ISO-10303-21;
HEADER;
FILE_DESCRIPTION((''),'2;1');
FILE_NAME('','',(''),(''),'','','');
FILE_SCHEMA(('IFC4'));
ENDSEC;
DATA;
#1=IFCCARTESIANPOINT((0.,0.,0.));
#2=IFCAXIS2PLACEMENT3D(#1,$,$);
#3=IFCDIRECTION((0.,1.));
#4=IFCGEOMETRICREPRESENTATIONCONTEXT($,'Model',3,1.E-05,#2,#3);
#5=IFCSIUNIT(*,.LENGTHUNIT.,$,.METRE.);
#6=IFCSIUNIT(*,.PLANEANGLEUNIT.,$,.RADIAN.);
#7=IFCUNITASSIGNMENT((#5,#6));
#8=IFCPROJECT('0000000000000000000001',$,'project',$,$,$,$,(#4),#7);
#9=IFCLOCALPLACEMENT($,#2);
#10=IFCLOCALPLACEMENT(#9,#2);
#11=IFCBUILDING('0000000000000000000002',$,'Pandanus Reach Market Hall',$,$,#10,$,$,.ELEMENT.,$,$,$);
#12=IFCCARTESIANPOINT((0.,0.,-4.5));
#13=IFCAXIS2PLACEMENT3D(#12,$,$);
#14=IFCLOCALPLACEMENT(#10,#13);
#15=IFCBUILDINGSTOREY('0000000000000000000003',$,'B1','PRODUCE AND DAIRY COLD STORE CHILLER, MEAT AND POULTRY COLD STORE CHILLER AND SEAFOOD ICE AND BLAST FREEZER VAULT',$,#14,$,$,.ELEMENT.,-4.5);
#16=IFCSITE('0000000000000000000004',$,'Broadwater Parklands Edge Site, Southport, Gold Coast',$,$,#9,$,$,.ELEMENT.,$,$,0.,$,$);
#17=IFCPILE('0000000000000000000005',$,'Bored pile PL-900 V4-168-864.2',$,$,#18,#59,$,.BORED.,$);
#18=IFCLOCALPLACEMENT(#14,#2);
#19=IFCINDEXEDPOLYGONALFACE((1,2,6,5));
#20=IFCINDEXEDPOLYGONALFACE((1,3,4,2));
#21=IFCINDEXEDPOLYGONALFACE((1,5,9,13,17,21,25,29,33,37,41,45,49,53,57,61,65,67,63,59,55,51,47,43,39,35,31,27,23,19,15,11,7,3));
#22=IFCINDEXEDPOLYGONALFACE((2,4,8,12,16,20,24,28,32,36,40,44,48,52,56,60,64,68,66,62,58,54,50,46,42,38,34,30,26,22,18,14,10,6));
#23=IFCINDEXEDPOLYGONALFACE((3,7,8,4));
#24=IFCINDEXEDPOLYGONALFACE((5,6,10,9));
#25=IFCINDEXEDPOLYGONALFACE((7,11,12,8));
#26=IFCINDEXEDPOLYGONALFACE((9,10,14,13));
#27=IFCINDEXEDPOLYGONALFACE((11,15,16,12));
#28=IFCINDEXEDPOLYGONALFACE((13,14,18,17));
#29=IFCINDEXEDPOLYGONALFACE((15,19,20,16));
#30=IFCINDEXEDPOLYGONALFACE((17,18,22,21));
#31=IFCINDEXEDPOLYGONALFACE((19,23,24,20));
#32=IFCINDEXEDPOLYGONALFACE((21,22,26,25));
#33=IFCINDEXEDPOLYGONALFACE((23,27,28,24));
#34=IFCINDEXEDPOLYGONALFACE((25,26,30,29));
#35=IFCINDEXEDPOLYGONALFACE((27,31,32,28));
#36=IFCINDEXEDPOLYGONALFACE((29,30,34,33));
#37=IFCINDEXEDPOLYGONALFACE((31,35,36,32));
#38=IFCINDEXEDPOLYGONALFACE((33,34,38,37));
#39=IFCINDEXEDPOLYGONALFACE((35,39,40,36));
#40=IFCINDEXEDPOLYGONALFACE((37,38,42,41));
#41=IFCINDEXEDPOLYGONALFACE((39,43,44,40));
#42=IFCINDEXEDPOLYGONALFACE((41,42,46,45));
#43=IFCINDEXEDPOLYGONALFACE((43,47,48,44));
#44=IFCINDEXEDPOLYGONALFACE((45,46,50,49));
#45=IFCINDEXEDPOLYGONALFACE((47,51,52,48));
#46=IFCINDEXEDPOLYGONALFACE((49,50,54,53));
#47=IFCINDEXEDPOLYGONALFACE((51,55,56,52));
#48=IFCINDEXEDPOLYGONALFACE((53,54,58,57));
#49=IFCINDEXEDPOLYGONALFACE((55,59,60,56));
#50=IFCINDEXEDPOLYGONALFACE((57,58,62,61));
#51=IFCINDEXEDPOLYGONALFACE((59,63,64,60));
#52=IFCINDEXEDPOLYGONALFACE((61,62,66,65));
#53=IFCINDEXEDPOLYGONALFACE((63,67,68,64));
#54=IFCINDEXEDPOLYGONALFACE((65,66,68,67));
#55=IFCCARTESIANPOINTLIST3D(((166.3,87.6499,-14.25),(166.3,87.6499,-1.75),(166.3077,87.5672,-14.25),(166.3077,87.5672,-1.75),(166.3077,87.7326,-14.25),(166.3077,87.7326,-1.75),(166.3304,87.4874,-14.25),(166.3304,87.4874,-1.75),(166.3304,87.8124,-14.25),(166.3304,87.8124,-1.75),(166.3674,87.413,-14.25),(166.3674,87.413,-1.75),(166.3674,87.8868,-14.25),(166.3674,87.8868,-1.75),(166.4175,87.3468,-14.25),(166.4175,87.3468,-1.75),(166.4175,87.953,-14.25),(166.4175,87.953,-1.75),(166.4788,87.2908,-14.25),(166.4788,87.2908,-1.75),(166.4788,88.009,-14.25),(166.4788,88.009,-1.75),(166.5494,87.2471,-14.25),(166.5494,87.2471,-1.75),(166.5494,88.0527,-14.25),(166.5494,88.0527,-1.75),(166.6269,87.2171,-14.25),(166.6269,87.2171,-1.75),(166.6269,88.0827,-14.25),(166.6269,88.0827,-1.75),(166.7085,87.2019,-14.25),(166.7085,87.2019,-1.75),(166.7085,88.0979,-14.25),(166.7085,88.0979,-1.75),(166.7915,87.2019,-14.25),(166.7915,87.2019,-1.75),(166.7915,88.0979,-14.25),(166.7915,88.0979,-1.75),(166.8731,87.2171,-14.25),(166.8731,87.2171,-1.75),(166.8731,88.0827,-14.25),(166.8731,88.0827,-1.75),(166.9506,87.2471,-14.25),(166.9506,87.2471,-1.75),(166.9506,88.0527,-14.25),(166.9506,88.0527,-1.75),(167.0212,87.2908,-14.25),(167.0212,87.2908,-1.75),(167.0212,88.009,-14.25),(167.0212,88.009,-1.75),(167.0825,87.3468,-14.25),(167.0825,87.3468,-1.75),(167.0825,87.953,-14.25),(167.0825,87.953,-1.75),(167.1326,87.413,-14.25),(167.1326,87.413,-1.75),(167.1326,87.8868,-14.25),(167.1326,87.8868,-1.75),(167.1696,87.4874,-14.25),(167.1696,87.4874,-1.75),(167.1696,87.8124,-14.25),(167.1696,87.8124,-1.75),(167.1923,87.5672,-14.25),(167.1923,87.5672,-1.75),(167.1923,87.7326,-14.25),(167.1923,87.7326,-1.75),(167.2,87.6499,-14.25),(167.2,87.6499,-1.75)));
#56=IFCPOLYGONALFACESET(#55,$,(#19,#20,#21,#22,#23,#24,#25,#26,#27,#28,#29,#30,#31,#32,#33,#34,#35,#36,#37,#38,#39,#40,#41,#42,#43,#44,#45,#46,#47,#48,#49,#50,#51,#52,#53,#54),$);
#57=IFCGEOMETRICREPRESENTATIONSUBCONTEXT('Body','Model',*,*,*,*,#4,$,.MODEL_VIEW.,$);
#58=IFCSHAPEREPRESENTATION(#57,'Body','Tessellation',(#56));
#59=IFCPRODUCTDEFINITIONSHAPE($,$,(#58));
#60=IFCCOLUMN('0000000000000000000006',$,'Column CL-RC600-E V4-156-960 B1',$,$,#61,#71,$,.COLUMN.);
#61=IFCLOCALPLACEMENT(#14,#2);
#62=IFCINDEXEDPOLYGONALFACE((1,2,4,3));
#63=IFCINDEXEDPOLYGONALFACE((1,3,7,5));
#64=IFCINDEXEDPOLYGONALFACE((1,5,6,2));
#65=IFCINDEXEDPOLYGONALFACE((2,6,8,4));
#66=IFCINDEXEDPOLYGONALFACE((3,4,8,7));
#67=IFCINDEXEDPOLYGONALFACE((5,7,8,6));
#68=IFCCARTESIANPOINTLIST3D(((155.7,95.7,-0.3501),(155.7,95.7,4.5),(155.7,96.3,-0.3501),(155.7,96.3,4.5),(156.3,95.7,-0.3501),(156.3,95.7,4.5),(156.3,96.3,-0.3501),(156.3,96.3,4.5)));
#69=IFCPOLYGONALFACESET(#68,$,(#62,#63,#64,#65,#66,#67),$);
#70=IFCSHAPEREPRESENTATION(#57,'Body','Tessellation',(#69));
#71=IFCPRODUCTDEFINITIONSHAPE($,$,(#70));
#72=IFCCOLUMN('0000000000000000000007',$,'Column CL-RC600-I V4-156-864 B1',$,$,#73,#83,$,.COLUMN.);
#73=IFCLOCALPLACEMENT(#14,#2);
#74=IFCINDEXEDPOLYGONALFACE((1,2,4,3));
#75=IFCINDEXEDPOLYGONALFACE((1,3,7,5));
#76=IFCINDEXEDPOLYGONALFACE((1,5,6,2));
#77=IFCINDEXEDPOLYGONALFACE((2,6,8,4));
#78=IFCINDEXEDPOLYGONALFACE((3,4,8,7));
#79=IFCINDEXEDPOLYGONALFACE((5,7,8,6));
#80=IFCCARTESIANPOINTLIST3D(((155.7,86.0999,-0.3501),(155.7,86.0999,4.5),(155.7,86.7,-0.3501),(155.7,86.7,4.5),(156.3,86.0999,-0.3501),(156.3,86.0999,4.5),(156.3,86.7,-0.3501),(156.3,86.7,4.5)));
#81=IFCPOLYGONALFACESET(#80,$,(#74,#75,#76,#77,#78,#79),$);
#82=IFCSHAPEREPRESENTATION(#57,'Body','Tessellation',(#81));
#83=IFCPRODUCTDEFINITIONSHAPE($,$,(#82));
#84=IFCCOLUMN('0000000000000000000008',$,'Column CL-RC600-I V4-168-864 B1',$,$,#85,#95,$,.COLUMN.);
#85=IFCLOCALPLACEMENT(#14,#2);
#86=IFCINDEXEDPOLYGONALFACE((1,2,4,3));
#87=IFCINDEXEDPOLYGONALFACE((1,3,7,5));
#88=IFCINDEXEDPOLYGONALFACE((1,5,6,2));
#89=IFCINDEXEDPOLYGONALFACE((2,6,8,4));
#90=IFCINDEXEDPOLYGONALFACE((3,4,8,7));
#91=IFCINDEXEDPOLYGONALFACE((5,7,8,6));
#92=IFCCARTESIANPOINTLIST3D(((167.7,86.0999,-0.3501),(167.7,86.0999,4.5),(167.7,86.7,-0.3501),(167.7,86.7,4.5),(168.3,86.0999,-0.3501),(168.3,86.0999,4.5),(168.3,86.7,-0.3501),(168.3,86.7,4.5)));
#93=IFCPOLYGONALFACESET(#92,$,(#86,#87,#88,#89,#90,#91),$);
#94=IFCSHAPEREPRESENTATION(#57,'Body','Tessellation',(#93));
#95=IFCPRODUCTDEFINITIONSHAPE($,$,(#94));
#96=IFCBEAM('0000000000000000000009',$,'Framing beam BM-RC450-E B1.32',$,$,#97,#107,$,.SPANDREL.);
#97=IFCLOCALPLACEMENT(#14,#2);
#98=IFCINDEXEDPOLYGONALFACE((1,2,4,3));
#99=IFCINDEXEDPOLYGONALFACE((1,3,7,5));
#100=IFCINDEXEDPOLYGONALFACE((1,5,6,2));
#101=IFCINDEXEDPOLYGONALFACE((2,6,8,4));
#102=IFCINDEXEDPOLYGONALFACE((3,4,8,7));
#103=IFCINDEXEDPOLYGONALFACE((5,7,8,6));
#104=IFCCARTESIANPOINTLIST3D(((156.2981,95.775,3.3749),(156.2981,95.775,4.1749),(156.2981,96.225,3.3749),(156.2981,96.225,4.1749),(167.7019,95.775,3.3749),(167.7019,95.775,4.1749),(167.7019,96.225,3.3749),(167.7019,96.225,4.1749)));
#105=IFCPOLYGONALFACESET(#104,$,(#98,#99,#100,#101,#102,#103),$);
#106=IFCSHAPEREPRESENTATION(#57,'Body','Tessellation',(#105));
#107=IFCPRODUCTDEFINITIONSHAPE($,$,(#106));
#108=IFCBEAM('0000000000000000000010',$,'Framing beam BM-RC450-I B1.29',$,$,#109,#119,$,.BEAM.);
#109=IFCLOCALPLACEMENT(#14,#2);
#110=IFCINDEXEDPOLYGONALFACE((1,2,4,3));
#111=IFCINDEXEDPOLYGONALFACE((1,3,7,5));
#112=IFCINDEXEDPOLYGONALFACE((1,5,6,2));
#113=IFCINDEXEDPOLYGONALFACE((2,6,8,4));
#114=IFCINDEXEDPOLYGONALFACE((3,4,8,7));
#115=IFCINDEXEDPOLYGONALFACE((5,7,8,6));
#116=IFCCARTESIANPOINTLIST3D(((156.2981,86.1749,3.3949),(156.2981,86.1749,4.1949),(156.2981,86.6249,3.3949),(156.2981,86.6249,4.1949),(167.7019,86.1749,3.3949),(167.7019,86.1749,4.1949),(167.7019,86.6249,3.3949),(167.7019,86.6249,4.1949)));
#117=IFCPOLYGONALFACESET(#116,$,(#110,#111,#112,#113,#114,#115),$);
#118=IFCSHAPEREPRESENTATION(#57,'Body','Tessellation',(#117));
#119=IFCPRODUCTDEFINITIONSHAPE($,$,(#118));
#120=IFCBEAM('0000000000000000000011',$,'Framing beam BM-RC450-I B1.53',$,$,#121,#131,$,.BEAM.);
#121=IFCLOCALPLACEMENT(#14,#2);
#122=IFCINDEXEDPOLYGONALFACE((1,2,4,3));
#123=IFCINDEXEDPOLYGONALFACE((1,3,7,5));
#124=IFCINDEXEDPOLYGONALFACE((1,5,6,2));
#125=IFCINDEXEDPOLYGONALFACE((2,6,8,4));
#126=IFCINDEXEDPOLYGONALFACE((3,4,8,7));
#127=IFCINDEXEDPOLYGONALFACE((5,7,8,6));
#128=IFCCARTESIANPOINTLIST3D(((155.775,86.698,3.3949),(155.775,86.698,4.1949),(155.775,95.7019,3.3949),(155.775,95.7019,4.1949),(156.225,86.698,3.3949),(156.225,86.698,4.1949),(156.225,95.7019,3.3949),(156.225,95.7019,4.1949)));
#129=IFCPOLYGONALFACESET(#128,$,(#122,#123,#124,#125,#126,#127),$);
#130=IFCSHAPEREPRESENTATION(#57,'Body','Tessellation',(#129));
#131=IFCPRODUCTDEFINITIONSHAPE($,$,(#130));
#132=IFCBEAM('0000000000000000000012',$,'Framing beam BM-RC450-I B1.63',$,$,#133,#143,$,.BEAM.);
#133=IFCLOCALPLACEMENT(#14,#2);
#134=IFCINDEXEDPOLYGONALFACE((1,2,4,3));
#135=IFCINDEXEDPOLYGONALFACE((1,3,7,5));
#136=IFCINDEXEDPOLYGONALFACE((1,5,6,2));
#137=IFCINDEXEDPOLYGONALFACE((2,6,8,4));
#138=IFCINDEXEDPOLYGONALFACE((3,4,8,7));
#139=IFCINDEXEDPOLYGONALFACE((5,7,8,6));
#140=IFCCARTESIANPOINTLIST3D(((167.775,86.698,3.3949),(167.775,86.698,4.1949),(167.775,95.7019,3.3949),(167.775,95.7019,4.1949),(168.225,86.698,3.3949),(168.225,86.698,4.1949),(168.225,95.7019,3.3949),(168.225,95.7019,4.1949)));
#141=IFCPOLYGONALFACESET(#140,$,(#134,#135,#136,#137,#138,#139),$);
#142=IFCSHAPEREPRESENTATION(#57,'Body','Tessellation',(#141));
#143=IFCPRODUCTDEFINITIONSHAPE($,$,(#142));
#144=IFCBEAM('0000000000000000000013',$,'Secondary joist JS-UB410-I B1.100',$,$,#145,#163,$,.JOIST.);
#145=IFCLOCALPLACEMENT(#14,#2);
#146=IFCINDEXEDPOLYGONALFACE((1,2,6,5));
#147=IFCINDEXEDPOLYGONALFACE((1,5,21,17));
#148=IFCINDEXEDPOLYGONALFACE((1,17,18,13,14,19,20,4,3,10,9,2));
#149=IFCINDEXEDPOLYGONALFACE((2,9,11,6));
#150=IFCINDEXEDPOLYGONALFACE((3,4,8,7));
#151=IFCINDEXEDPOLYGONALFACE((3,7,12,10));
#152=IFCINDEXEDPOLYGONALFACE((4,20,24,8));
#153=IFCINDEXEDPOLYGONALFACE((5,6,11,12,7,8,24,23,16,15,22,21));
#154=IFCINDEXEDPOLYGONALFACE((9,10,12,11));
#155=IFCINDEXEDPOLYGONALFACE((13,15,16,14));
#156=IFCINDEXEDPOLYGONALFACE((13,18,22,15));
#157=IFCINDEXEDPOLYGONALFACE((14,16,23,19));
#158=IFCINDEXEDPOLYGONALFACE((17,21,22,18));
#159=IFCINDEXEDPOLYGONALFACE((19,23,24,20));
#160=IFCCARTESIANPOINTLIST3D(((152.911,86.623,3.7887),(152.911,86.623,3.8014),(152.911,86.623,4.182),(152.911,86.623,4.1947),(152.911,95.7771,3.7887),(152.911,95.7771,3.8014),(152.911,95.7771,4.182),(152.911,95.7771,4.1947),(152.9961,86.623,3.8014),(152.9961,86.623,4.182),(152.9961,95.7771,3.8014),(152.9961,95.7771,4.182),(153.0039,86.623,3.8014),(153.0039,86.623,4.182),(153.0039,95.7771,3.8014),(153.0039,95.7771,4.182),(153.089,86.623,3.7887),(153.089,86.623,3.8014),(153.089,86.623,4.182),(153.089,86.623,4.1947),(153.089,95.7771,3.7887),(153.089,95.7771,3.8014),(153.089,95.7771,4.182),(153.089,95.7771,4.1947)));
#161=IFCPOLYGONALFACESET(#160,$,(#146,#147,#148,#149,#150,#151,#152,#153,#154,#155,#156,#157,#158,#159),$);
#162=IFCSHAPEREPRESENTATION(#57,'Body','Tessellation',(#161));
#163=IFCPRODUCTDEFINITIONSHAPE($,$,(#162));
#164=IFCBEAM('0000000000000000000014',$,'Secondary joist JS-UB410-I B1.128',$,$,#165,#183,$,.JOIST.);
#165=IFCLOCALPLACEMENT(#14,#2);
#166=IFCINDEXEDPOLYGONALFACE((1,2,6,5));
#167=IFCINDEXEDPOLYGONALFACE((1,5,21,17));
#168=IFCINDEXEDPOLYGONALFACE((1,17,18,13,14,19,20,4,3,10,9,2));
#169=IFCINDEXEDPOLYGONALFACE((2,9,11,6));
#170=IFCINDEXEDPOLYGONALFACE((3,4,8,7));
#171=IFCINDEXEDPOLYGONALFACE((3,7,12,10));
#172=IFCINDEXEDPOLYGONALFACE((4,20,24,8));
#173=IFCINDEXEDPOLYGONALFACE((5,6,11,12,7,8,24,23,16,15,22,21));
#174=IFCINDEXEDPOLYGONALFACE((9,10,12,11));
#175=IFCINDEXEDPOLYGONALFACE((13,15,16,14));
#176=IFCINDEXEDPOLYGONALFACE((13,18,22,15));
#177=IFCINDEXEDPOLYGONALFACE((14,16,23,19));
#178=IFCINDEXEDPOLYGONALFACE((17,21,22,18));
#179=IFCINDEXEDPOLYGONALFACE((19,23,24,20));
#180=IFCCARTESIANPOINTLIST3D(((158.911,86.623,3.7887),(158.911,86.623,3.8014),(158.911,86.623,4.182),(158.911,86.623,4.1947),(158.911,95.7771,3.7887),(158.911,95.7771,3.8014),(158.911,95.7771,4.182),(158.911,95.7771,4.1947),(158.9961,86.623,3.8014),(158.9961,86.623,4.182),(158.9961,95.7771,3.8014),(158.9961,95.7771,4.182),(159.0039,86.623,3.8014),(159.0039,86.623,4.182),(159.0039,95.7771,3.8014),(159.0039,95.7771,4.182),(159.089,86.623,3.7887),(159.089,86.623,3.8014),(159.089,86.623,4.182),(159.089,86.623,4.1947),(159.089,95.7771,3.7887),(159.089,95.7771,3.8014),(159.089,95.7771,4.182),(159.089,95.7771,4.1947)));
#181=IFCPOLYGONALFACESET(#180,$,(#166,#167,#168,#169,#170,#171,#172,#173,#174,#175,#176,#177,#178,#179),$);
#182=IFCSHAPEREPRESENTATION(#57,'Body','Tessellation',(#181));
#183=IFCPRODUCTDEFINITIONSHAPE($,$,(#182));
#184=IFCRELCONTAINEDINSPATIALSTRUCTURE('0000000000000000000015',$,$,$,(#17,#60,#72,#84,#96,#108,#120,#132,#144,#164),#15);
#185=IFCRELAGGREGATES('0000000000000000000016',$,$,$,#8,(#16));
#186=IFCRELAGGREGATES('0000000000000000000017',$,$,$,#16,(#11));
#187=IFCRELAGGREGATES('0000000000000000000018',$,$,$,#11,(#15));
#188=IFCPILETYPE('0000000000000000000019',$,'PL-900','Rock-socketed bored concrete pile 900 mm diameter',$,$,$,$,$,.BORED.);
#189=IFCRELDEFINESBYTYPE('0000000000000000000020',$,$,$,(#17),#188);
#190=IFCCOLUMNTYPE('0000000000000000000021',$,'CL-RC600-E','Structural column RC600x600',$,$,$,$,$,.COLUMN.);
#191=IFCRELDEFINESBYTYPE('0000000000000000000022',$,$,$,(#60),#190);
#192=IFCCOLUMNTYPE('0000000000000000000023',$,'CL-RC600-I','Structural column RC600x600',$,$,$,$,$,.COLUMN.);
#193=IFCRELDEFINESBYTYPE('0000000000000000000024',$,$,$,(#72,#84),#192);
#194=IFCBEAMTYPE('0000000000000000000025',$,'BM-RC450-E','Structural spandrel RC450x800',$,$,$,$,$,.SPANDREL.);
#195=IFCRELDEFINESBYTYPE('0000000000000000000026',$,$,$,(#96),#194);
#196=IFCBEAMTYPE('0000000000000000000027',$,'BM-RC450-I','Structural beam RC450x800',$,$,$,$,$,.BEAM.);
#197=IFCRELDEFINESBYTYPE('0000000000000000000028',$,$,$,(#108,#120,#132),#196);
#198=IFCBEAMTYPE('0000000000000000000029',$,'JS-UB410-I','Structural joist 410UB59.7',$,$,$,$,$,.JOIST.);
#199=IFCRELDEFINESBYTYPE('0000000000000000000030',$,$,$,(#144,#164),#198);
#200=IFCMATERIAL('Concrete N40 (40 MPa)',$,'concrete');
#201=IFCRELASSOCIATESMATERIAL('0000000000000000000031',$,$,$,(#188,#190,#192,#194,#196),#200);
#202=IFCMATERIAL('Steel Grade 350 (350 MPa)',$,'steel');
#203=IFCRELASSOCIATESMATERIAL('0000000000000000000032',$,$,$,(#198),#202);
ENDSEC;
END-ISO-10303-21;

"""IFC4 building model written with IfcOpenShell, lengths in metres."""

from ifc_helpers import new_model, si_unit, direction, frame, origin, origin_2d, place, context, subcontext, project, spatial, rectangle, circle, i_section, extrude, material, material_profile, profile_set, type_object, element, save


model = new_model("IFC4")

# Units and contexts
model_context = context("Model", 3, precision=1e-05, world=origin(), true_north=direction((0.0, 1.0)))
body_context = subcontext(model_context, "Body", "Model", "MODEL_VIEW")
ifc_project = project(units=[si_unit("LENGTHUNIT", "METRE"), si_unit("PLANEANGLEUNIT", "RADIAN")], contexts=[model_context])

# Site, building, storey
site_placement = place(None, origin())
site = spatial("IfcSite", under=ifc_project, at=site_placement, Name="Broadwater Parklands Edge Site, Southport, Gold Coast", CompositionType="ELEMENT", RefElevation=0.0)
building_placement = place(site_placement, origin())
building = spatial("IfcBuilding", under=site, at=building_placement, Name="Pandanus Reach Market Hall", CompositionType="ELEMENT")
storey_placement = place(building_placement, frame((0.0, 0.0, -4.5)))
storey = spatial("IfcBuildingStorey", under=building, at=storey_placement, Name="B1", Description="PRODUCE AND DAIRY COLD STORE CHILLER, MEAT AND POULTRY COLD STORE CHILLER AND SEAFOOD ICE AND BLAST FREEZER VAULT", CompositionType="ELEMENT", Elevation=-4.5)

# Shared definitions
ifc_material_1 = material(Name="Concrete N40 (40 MPa)", Category="concrete")

# Pile
ifc_material_profile_1 = material_profile(ifc_material_1, circle(Radius=0.45, at=origin_2d()), Name="PILE-900D", Category="LoadBearing")
ifc_profile_set_1 = profile_set([ifc_material_profile_1], Name="Concrete N40 (40 MPa)")
pile_type_1 = type_object("IfcPileType", Name="PL-900", Description="Rock-socketed bored concrete pile 900 mm diameter", PredefinedType="BORED", material=ifc_profile_set_1)
for number, where, z_axis, x_axis, name in (
    (1, (166.75, 87.6499, -1.75), (0.0, 0.0, -1.0), (1.0, 0.0, 0.0), "Bored pile PL-900 V4-168-864.2"),
):
    element("IfcPile", number, at=place(storey_placement, frame(where, z_axis=z_axis, x_axis=x_axis)), inside=storey, type_object=pile_type_1, Name=name, PredefinedType="BORED", context=body_context, shape_type="SweptSolid", body=[
        extrude(circle(Radius=0.45, at=origin_2d()), origin(), (0.0, 0.0, 1.0), 12.5),
    ])

# Columns
ifc_material_profile_2 = material_profile(ifc_material_1, rectangle(XDim=0.6001, YDim=0.6001, at=origin_2d()), Name="RC600x600", Category="LoadBearing")
ifc_profile_set_2 = profile_set([ifc_material_profile_2], Name="Concrete N40 (40 MPa)")
column_type_1 = type_object("IfcColumnType", Name="CL-RC600-E", Description="Structural column RC600x600", PredefinedType="COLUMN", material=ifc_profile_set_2)
column_placement = place(storey_placement, frame((156.0, 96.0, -0.3501), z_axis=(0.0, 0.0, 1.0), x_axis=(1.0, 0.0, 0.0)))
element("IfcColumn", 2, at=column_placement, inside=storey, type_object=column_type_1, Name="Column CL-RC600-E V4-156-960 B1", PredefinedType="COLUMN", context=body_context, shape_type="SweptSolid", body=[
    extrude(rectangle(XDim=0.6001, YDim=0.6001, at=origin_2d()), origin(), (0.0, 0.0, 1.0), 4.8501),
])
ifc_material_profile_3 = material_profile(ifc_material_1, rectangle(XDim=0.6001, YDim=0.6001, at=origin_2d()), Name="RC600x600", Category="LoadBearing")
ifc_profile_set_3 = profile_set([ifc_material_profile_3], Name="Concrete N40 (40 MPa)")
column_type_2 = type_object("IfcColumnType", Name="CL-RC600-I", Description="Structural column RC600x600", PredefinedType="COLUMN", material=ifc_profile_set_3)
for number, where, z_axis, x_axis, name in (
    (3, (156.0, 86.3999, -0.3501), (0.0, 0.0, 1.0), (1.0, 0.0, 0.0), "Column CL-RC600-I V4-156-864 B1"),
    (4, (168.0, 86.3999, -0.3501), (0.0, 0.0, 1.0), (1.0, 0.0, 0.0), "Column CL-RC600-I V4-168-864 B1"),
):
    element("IfcColumn", number, at=place(storey_placement, frame(where, z_axis=z_axis, x_axis=x_axis)), inside=storey, type_object=column_type_2, Name=name, PredefinedType="COLUMN", context=body_context, shape_type="SweptSolid", body=[
        extrude(rectangle(XDim=0.6001, YDim=0.6001, at=origin_2d()), origin(), (0.0, 0.0, 1.0), 4.8501),
    ])

# Beams
ifc_material_profile_4 = material_profile(ifc_material_1, rectangle(XDim=0.45, YDim=0.8, at=origin_2d()), Name="RC450x800", Category="LoadBearing")
ifc_profile_set_4 = profile_set([ifc_material_profile_4], Name="Concrete N40 (40 MPa)")
beam_type_1 = type_object("IfcBeamType", Name="BM-RC450-E", Description="Structural spandrel RC450x800", PredefinedType="SPANDREL", material=ifc_profile_set_4)
beam_1_placement = place(storey_placement, frame((156.2981, 96.0, 3.7749), z_axis=(1.0, 0.0, 0.0), x_axis=(0.0, 1.0, 0.0)))
element("IfcBeam", 5, at=beam_1_placement, inside=storey, type_object=beam_type_1, Name="Framing beam BM-RC450-E B1.32", PredefinedType="SPANDREL", context=body_context, shape_type="SweptSolid", body=[
    extrude(rectangle(XDim=0.45, YDim=0.8, at=origin_2d()), origin(), (0.0, 0.0, 1.0), 11.4038),
])
ifc_material_profile_5 = material_profile(ifc_material_1, rectangle(XDim=0.45, YDim=0.8, at=origin_2d()), Name="RC450x800", Category="LoadBearing")
ifc_profile_set_5 = profile_set([ifc_material_profile_5], Name="Concrete N40 (40 MPa)")
beam_type_2 = type_object("IfcBeamType", Name="BM-RC450-I", Description="Structural beam RC450x800", PredefinedType="BEAM", material=ifc_profile_set_5)
beam_2_placement = place(storey_placement, frame((156.2981, 86.3999, 3.7949), z_axis=(1.0, 0.0, 0.0), x_axis=(0.0, 1.0, 0.0)))
element("IfcBeam", 6, at=beam_2_placement, inside=storey, type_object=beam_type_2, Name="Framing beam BM-RC450-I B1.29", PredefinedType="BEAM", context=body_context, shape_type="SweptSolid", body=[
    extrude(rectangle(XDim=0.45, YDim=0.8, at=origin_2d()), origin(), (0.0, 0.0, 1.0), 11.4038),
])
for number, where, z_axis, x_axis, name in (
    (7, (156.0, 86.698, 3.7949), (0.0, 1.0, 0.0), (-1.0, 0.0, 0.0), "Framing beam BM-RC450-I B1.53"),
    (8, (168.0, 86.698, 3.7949), (0.0, 1.0, 0.0), (-1.0, 0.0, 0.0), "Framing beam BM-RC450-I B1.63"),
):
    element("IfcBeam", number, at=place(storey_placement, frame(where, z_axis=z_axis, x_axis=x_axis)), inside=storey, type_object=beam_type_2, Name=name, PredefinedType="BEAM", context=body_context, shape_type="SweptSolid", body=[
        extrude(rectangle(XDim=0.45, YDim=0.8, at=origin_2d()), origin(), (0.0, 0.0, 1.0), 9.0039),
    ])
ifc_material_2 = material(Name="Steel Grade 350 (350 MPa)", Category="steel")
ifc_material_profile_6 = material_profile(ifc_material_2, i_section(OverallWidth=0.178, OverallDepth=0.406, WebThickness=0.0078, FlangeThickness=0.0127, at=origin_2d()), Name="410UB59.7", Category="LoadBearing")
ifc_profile_set_6 = profile_set([ifc_material_profile_6], Name="Steel Grade 350 (350 MPa)")
beam_type_3 = type_object("IfcBeamType", Name="JS-UB410-I", Description="Structural joist 410UB59.7", PredefinedType="JOIST", material=ifc_profile_set_6)
for number, where, z_axis, x_axis, name in (
    (9, (153.0, 86.623, 3.9917), (0.0, 1.0, 0.0), (-1.0, 0.0, 0.0), "Secondary joist JS-UB410-I B1.100"),
    (10, (159.0, 86.623, 3.9917), (0.0, 1.0, 0.0), (-1.0, 0.0, 0.0), "Secondary joist JS-UB410-I B1.128"),
):
    element("IfcBeam", number, at=place(storey_placement, frame(where, z_axis=z_axis, x_axis=x_axis)), inside=storey, type_object=beam_type_3, Name=name, PredefinedType="JOIST", context=body_context, shape_type="SweptSolid", body=[
        extrude(i_section(OverallWidth=0.178, OverallDepth=0.406, WebThickness=0.0078, FlangeThickness=0.0127, at=origin_2d()), origin(), (0.0, 0.0, 1.0), 9.1541),
    ])

save(model, "model.ifc")
